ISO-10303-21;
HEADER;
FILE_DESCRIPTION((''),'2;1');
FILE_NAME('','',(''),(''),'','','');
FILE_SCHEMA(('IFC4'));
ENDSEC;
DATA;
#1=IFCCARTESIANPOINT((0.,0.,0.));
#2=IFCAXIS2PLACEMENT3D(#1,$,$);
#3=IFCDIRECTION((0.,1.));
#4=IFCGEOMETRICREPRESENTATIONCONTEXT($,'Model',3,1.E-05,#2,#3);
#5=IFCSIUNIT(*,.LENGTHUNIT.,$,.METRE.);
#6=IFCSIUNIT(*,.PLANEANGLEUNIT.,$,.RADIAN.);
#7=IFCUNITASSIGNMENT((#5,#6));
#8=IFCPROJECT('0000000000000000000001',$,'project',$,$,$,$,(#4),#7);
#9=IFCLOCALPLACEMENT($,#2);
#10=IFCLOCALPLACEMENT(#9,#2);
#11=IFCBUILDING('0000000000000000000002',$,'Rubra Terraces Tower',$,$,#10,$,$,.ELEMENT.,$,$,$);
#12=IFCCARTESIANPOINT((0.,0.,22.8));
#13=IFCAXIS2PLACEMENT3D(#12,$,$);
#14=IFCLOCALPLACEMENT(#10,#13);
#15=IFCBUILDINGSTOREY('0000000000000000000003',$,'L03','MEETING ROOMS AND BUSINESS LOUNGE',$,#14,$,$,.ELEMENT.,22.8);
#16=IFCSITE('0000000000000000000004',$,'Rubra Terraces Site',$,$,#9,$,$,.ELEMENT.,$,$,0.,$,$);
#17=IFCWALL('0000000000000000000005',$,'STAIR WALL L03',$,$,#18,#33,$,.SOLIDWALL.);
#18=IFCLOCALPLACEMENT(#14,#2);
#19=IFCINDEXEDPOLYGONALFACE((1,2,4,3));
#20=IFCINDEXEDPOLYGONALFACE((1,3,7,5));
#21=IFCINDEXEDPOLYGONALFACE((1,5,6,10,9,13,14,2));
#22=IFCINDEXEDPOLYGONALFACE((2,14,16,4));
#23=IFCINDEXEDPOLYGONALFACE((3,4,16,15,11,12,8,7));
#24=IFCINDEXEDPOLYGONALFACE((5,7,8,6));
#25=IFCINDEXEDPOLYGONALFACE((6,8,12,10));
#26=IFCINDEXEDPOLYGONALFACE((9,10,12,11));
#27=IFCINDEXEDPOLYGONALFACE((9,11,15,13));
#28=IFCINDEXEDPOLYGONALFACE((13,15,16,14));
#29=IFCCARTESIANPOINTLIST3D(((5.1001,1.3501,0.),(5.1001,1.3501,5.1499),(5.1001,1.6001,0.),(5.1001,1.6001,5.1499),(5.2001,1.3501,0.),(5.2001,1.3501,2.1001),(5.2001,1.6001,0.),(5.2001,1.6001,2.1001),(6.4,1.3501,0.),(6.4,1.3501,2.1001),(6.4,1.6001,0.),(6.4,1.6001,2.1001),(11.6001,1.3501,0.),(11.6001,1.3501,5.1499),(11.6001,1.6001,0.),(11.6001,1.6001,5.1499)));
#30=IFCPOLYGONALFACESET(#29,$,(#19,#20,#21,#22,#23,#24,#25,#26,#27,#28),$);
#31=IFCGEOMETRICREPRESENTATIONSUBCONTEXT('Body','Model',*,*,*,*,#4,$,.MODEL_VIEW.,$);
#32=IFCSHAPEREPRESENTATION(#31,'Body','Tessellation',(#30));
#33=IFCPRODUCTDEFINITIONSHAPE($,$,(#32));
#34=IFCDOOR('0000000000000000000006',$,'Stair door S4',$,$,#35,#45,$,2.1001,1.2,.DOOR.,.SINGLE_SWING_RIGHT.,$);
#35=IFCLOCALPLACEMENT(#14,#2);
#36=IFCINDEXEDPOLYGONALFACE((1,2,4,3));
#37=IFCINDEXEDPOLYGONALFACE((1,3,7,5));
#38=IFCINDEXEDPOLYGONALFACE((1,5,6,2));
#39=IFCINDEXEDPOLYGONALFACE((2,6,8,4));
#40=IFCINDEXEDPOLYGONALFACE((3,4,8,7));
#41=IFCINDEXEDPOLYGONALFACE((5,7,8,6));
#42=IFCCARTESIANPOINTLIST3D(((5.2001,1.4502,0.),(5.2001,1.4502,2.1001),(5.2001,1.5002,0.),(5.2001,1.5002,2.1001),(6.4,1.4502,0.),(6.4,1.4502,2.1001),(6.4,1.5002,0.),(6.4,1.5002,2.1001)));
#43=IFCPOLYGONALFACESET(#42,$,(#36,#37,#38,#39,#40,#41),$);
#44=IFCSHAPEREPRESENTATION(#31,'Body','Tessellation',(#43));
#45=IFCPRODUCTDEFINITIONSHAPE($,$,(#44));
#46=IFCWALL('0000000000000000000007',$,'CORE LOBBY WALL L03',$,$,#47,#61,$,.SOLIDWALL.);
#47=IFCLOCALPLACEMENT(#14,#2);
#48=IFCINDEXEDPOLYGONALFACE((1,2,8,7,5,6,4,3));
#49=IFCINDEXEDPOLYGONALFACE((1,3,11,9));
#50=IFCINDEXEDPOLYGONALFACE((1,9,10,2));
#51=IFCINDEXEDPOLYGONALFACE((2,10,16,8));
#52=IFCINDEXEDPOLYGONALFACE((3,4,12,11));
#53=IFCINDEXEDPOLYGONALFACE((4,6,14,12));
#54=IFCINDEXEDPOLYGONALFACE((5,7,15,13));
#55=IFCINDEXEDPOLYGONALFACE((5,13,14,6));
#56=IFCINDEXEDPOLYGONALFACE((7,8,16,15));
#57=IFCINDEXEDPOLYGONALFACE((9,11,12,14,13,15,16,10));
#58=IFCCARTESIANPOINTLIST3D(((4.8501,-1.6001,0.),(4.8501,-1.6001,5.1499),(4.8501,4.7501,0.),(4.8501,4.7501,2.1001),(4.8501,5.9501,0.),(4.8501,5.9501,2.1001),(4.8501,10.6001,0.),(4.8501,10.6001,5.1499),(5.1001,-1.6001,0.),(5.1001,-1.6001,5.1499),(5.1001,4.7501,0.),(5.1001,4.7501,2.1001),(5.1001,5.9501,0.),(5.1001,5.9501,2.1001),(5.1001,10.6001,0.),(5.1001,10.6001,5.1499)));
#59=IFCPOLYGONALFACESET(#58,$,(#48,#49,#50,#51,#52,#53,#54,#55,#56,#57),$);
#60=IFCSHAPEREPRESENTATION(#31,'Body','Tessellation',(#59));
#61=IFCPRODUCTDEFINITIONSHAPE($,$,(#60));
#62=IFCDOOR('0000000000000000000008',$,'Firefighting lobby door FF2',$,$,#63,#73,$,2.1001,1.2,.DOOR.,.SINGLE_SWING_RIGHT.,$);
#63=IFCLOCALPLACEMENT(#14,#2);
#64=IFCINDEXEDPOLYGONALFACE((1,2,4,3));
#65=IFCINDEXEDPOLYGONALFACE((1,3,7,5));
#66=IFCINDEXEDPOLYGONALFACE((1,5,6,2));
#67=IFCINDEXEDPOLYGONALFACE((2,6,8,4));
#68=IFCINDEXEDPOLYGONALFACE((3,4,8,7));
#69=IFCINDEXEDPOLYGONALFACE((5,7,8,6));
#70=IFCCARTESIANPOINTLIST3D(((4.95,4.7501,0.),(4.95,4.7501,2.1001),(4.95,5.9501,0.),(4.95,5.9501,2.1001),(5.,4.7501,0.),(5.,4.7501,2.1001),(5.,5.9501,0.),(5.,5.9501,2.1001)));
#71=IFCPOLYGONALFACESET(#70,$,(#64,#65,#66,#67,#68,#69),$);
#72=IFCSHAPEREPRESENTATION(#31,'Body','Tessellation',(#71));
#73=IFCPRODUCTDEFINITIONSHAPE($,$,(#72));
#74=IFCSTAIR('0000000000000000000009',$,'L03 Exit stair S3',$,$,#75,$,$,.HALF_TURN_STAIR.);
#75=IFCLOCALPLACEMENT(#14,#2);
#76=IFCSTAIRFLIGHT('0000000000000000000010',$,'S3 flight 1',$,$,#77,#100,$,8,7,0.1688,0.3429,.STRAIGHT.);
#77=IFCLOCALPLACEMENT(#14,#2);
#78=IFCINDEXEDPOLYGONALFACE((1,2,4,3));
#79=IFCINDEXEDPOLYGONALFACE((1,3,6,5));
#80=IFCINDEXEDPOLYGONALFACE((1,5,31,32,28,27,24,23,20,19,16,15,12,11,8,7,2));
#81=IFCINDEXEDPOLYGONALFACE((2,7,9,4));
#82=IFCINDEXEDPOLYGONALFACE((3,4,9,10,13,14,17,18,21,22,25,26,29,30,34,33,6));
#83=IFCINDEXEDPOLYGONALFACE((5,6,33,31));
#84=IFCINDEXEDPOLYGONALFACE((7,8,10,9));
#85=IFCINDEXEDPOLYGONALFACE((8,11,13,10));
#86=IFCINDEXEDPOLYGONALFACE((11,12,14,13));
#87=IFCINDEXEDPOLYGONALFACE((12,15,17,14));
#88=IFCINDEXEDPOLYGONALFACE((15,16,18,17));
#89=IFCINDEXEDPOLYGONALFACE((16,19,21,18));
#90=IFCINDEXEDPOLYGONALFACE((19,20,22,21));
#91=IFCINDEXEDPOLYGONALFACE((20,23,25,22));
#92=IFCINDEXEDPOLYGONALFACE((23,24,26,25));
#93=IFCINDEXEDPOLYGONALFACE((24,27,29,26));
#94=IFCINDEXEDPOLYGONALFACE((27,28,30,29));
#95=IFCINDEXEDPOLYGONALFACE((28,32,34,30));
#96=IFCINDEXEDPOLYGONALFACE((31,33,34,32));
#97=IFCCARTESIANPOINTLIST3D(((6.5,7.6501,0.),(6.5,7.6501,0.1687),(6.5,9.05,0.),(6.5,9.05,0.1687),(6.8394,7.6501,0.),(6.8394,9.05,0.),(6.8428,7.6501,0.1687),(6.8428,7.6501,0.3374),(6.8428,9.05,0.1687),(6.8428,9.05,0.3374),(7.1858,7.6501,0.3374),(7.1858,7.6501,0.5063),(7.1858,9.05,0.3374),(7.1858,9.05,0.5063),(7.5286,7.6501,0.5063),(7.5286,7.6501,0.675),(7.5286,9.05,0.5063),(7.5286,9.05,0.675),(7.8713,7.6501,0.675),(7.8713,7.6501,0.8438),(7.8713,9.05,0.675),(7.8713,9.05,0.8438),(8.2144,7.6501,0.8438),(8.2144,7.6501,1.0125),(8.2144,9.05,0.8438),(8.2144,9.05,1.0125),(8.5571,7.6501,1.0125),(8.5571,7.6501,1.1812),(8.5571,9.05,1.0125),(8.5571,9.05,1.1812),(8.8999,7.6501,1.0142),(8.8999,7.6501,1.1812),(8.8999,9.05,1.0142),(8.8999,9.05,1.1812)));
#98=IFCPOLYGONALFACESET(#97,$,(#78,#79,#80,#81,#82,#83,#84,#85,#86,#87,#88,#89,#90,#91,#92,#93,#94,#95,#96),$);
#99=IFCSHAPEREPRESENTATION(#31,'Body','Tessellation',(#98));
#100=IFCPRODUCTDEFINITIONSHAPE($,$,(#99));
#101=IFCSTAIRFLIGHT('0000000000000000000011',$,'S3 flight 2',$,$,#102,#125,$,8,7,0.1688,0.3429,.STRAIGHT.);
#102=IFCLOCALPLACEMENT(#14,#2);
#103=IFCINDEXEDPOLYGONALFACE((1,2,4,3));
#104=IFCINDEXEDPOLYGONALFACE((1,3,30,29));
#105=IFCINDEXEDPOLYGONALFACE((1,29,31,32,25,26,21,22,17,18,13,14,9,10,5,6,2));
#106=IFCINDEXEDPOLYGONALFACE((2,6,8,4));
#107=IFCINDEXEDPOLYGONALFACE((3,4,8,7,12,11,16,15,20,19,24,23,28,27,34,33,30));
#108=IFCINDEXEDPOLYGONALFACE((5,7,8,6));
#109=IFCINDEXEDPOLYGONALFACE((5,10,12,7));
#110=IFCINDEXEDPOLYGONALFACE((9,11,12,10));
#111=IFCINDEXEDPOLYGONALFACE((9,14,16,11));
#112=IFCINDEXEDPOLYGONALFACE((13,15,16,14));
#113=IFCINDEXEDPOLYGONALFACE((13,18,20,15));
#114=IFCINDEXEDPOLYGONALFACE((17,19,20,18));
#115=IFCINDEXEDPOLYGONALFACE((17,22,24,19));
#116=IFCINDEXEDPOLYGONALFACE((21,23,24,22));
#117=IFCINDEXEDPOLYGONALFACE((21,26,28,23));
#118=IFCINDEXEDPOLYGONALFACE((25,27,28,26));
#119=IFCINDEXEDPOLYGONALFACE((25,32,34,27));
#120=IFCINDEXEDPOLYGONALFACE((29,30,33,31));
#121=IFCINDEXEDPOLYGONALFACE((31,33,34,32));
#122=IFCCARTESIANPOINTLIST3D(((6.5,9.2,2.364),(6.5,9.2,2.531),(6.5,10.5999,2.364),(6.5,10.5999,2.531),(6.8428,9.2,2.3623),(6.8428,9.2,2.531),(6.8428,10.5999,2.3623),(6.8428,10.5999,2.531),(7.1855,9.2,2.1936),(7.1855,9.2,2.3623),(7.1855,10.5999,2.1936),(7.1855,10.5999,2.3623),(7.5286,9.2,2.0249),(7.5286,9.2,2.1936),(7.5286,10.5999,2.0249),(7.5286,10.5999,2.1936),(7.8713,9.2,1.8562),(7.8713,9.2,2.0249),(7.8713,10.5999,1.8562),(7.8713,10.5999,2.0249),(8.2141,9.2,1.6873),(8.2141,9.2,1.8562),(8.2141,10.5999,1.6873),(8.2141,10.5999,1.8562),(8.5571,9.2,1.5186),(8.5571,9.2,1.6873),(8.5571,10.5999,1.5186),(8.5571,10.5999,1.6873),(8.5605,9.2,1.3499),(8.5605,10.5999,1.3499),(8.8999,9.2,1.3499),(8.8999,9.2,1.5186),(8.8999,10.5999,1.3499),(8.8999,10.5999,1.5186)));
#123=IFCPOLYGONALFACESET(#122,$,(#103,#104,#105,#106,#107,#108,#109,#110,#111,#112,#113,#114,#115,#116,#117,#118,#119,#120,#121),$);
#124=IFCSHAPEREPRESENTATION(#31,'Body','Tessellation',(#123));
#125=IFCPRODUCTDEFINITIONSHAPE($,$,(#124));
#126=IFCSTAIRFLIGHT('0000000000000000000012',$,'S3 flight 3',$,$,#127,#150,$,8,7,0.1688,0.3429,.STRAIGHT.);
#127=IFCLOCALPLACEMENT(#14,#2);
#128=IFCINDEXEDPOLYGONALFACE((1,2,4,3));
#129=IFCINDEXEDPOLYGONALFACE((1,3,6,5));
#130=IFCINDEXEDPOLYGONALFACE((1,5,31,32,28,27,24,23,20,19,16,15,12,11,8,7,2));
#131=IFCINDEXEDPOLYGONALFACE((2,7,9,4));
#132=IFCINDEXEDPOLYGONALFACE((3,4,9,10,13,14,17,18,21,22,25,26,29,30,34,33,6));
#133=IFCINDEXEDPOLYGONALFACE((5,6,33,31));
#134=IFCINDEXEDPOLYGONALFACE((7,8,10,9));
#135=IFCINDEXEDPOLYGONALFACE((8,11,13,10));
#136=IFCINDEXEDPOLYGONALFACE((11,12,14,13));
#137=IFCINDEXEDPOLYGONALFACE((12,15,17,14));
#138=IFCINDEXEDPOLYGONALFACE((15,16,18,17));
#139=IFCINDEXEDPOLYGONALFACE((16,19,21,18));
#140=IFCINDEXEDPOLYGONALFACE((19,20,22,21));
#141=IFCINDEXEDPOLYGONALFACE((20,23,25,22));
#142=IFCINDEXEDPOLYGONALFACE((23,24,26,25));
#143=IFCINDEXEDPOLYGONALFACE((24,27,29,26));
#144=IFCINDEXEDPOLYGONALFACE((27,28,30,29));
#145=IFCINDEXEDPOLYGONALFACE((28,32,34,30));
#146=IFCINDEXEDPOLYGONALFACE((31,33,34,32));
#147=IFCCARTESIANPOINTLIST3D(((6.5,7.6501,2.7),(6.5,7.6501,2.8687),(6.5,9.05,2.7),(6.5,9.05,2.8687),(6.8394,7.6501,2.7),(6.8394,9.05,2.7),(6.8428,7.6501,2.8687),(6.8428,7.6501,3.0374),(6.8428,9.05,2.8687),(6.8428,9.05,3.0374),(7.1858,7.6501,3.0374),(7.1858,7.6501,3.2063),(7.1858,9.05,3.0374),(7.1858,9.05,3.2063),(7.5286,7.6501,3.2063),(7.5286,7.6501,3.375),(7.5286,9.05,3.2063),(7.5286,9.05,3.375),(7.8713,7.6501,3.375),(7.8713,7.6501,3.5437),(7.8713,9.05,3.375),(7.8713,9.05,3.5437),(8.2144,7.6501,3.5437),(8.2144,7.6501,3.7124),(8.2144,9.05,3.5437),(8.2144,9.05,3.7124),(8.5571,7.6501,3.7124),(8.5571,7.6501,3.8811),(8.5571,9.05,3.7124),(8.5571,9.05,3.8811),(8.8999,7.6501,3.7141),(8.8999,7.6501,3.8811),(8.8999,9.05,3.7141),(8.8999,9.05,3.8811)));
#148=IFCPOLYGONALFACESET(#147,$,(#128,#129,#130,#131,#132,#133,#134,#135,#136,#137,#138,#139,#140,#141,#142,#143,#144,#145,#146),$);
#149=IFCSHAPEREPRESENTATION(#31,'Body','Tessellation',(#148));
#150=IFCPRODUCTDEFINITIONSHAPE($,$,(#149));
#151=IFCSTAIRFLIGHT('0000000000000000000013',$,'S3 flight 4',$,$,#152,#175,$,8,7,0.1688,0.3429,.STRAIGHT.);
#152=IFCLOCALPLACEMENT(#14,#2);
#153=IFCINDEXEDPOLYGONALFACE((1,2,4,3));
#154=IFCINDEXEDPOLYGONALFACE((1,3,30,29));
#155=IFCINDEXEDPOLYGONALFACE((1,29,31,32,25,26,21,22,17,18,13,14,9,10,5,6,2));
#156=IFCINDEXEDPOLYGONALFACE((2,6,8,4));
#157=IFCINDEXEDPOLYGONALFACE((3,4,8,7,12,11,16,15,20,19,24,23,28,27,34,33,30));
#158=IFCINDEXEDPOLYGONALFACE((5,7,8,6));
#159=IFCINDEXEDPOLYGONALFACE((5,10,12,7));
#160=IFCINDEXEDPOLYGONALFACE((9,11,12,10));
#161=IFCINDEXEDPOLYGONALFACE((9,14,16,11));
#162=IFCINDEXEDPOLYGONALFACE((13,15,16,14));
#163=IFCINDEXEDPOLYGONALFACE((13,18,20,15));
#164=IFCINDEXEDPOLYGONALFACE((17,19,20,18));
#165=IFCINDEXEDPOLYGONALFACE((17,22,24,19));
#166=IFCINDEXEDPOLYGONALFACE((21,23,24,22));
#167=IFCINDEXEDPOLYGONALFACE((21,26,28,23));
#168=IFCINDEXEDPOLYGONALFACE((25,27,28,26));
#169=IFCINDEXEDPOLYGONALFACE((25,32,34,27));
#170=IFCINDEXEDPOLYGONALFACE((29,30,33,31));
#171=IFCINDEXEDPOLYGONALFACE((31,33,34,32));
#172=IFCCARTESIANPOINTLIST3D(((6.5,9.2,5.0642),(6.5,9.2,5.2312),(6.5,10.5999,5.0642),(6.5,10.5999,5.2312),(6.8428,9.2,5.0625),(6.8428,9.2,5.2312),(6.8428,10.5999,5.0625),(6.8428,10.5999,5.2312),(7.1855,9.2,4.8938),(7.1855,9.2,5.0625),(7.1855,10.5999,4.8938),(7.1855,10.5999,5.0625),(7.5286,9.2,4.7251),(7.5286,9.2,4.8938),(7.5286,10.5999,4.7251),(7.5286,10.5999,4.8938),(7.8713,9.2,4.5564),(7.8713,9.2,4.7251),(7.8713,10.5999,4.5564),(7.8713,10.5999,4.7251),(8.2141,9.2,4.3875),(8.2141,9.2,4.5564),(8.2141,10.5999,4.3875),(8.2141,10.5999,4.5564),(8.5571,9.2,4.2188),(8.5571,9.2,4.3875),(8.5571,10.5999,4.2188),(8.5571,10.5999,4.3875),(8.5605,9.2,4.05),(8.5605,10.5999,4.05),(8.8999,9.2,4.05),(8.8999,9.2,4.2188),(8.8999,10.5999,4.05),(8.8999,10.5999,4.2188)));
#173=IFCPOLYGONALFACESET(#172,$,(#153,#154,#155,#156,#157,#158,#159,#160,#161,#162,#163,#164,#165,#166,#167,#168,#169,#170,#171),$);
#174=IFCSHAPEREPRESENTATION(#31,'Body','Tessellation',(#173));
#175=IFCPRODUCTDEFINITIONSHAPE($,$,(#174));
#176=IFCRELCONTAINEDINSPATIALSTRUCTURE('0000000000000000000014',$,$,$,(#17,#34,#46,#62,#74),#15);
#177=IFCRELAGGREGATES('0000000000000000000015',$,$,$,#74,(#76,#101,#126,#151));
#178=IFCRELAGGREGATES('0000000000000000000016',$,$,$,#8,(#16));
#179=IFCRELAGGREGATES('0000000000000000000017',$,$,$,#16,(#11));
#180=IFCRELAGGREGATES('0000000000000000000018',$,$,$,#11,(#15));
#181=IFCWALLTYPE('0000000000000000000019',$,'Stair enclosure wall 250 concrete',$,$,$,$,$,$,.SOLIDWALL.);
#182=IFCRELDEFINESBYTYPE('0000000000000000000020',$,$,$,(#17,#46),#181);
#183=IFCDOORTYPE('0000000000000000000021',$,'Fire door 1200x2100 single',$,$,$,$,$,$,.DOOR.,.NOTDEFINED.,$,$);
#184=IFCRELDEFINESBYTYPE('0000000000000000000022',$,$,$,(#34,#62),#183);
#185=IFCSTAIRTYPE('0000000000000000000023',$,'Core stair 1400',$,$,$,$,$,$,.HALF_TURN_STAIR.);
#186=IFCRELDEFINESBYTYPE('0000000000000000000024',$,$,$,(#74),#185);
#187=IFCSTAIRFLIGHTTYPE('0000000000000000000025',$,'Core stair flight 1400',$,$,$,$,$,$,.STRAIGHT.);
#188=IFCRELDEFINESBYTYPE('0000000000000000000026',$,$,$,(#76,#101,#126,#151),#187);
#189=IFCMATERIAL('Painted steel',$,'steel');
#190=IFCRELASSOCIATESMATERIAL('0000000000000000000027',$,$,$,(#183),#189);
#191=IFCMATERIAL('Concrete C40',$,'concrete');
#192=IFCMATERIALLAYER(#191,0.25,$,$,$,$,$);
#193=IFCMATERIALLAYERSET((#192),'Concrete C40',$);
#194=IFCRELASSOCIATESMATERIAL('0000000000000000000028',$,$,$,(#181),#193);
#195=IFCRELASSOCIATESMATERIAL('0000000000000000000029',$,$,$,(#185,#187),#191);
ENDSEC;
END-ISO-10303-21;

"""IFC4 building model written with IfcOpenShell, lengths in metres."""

from ifc_helpers import new_model, si_unit, direction, frame, frame_2d, origin, place, context, subcontext, project, spatial, polyline, rectangle, outline, extrude, material, layer, layer_set, type_object, element, fill, aggregate, save


model = new_model("IFC4")

# Units and contexts
model_context = context("Model", 3, precision=1e-05, world=origin(), true_north=direction((0.0, 1.0)))
body_context = subcontext(model_context, "Body", "Model", "MODEL_VIEW")
ifc_project = project(units=[si_unit("LENGTHUNIT", "METRE"), si_unit("PLANEANGLEUNIT", "RADIAN")], contexts=[model_context])

# Site, building, storey
site_placement = place(None, origin())
site = spatial("IfcSite", under=ifc_project, at=site_placement, Name="Rubra Terraces Site", CompositionType="ELEMENT", RefElevation=0.0)
building_placement = place(site_placement, origin())
building = spatial("IfcBuilding", under=site, at=building_placement, Name="Rubra Terraces Tower", CompositionType="ELEMENT")
storey_placement = place(building_placement, frame((0.0, 0.0, 22.8)))
storey = spatial("IfcBuildingStorey", under=building, at=storey_placement, Name="L03", Description="MEETING ROOMS AND BUSINESS LOUNGE", CompositionType="ELEMENT", Elevation=22.8)

# Shared definitions
ifc_material_1 = material(Name="Painted steel", Category="steel")
door_type_1 = type_object("IfcDoorType", Name="Fire door 1200x2100 single", OperationType="NOTDEFINED", PredefinedType="DOOR", material=ifc_material_1)

# Walls, openings, doors
ifc_material_2 = material(Name="Concrete C40", Category="concrete")
ifc_layer_1 = layer(ifc_material_2, 0.25)
ifc_layer_set_1 = layer_set([ifc_layer_1], Name="Concrete C40")
wall_type_1 = type_object("IfcWallType", Name="Stair enclosure wall 250 concrete", PredefinedType="SOLIDWALL", material=ifc_layer_set_1)
wall_1_placement = place(storey_placement, frame((11.6001, 1.4751, 0.0), z_axis=(0.0, 0.0, 1.0), x_axis=(-1.0, 0.0, 0.0)))
wall_1 = element("IfcWall", 1, at=wall_1_placement, inside=storey, type_object=wall_type_1, Name="STAIR WALL L03", PredefinedType="SOLIDWALL", context=body_context, shape_type="SweptSolid", body=[
    extrude(rectangle(XDim=6.5, YDim=0.25, at=frame_2d((3.25, 0.0))), origin(), (0.0, 0.0, 1.0), 5.1499),
])
opening_1_placement = place(wall_1_placement, frame((5.2, 0.0, 0.0)))
opening_1 = element("IfcOpeningElement", 2, at=opening_1_placement, cuts=wall_1, PredefinedType="OPENING", context=body_context, shape_type="SweptSolid", body=[
    extrude(rectangle(XDim=1.2, YDim=2.1001, at=frame_2d((0.6001, 1.05))), frame((0.0, 0.135, 0.0), z_axis=(0.0, -1.0, 0.0), x_axis=(1.0, 0.0, 0.0)), (0.0, 0.0, 1.0), 0.27),
])
door_1_placement = place(opening_1_placement, origin())
door_1 = element("IfcDoor", 3, at=door_1_placement, inside=storey, type_object=door_type_1, Name="Stair door S4", OperationType="SINGLE_SWING_RIGHT", OverallHeight=2.1001, OverallWidth=1.2, PredefinedType="DOOR", context=body_context, shape_type="SweptSolid", body=[
    extrude(rectangle(XDim=1.2, YDim=2.1001, at=frame_2d((0.6001, 1.05))), frame((0.0, 0.0249, 0.0), z_axis=(0.0, -1.0, 0.0), x_axis=(1.0, 0.0, 0.0)), (0.0, 0.0, 1.0), 0.05),
])
fill(opening_1, door_1)
wall_2_placement = place(storey_placement, frame((4.9751, 10.6001, 0.0), z_axis=(0.0, 0.0, 1.0), x_axis=(0.0, -1.0, 0.0)))
wall_2 = element("IfcWall", 4, at=wall_2_placement, inside=storey, type_object=wall_type_1, Name="CORE LOBBY WALL L03", PredefinedType="SOLIDWALL", context=body_context, shape_type="SweptSolid", body=[
    extrude(rectangle(XDim=12.2002, YDim=0.25, at=frame_2d((6.1001, 0.0))), origin(), (0.0, 0.0, 1.0), 5.1499),
])
opening_2_placement = place(wall_2_placement, frame((4.6499, 0.0, 0.0)))
opening_2 = element("IfcOpeningElement", 5, at=opening_2_placement, cuts=wall_2, PredefinedType="OPENING", context=body_context, shape_type="SweptSolid", body=[
    extrude(rectangle(XDim=1.2, YDim=2.1001, at=frame_2d((0.6001, 1.05))), frame((0.0, 0.135, 0.0), z_axis=(0.0, -1.0, 0.0), x_axis=(1.0, 0.0, 0.0)), (0.0, 0.0, 1.0), 0.27),
])
door_2_placement = place(opening_2_placement, origin())
door_2 = element("IfcDoor", 6, at=door_2_placement, inside=storey, type_object=door_type_1, Name="Firefighting lobby door FF2", OperationType="SINGLE_SWING_RIGHT", OverallHeight=2.1001, OverallWidth=1.2, PredefinedType="DOOR", context=body_context, shape_type="SweptSolid", body=[
    extrude(rectangle(XDim=1.2, YDim=2.1001, at=frame_2d((0.6001, 1.05))), frame((0.0, 0.0249, 0.0), z_axis=(0.0, -1.0, 0.0), x_axis=(1.0, 0.0, 0.0)), (0.0, 0.0, 1.0), 0.05),
])
fill(opening_2, door_2)

# Stair, stair flights
stair_type = type_object("IfcStairType", Name="Core stair 1400", PredefinedType="HALF_TURN_STAIR", material=ifc_material_2)
stair_placement = place(storey_placement, origin())
stair = element("IfcStair", 7, at=stair_placement, inside=storey, type_object=stair_type, Name="L03 Exit stair S3", PredefinedType="HALF_TURN_STAIR")
stair_flight_type = type_object("IfcStairFlightType", Name="Core stair flight 1400", PredefinedType="STRAIGHT", material=ifc_material_2)
stair_flight_1_placement = place(storey_placement, frame((6.5, 8.3501, 0.0), z_axis=(0.0, 0.0, 1.0), x_axis=(1.0, 0.0, 0.0)))
stair_flight_1 = element("IfcStairFlight", 8, at=stair_flight_1_placement, type_object=stair_flight_type, Name="S3 flight 1", NumberOfRisers=8, NumberOfTreads=7, PredefinedType="STRAIGHT", RiserHeight=0.1688, TreadLength=0.3429, context=body_context, shape_type="SweptSolid", body=[
    extrude(outline(polyline([(0.0, 0.0), (0.0, 0.1687), (0.3428, 0.1687), (0.3428, 0.3374), (0.6858, 0.3374), (0.6858, 0.5063), (1.0286, 0.5063), (1.0286, 0.675), (1.3713, 0.675), (1.3713, 0.8438), (1.7144, 0.8438), (1.7144, 1.0125), (2.0571, 1.0125), (2.0571, 1.1812), (2.3999, 1.1812), (2.3999, 1.3501), (2.3999, 1.0142), (0.3394, 0.0), (0.0, 0.0)])), frame((0.0, 0.7, 0.0), z_axis=(0.0, -1.0, 0.0), x_axis=(1.0, 0.0, 0.0)), (0.0, 0.0, 1.0), 1.3999),
])
stair_flight_2_placement = place(storey_placement, frame((8.8999, 9.8999, 1.3499), z_axis=(0.0, 0.0, 1.0), x_axis=(-1.0, 0.0, 0.0)))
stair_flight_2 = element("IfcStairFlight", 9, at=stair_flight_2_placement, type_object=stair_flight_type, Name="S3 flight 2", NumberOfRisers=8, NumberOfTreads=7, PredefinedType="STRAIGHT", RiserHeight=0.1688, TreadLength=0.3429, context=body_context, shape_type="SweptSolid", body=[
    extrude(outline(polyline([(0.0, 0.0), (0.0, 0.1687), (0.3428, 0.1687), (0.3428, 0.3374), (0.6858, 0.3374), (0.6858, 0.5063), (1.0286, 0.5063), (1.0286, 0.675), (1.3713, 0.675), (1.3713, 0.8438), (1.7144, 0.8438), (1.7144, 1.0125), (2.0571, 1.0125), (2.0571, 1.1812), (2.3999, 1.1812), (2.3999, 1.3501), (2.3999, 1.0142), (0.3394, 0.0), (0.0, 0.0)])), frame((0.0, 0.7, 0.0), z_axis=(0.0, -1.0, 0.0), x_axis=(1.0, 0.0, 0.0)), (0.0, 0.0, 1.0), 1.3999),
])
stair_flight_3_placement = place(storey_placement, frame((6.5, 8.3501, 2.7), z_axis=(0.0, 0.0, 1.0), x_axis=(1.0, 0.0, 0.0)))
stair_flight_3 = element("IfcStairFlight", 10, at=stair_flight_3_placement, type_object=stair_flight_type, Name="S3 flight 3", NumberOfRisers=8, NumberOfTreads=7, PredefinedType="STRAIGHT", RiserHeight=0.1688, TreadLength=0.3429, context=body_context, shape_type="SweptSolid", body=[
    extrude(outline(polyline([(0.0, 0.0), (0.0, 0.1687), (0.3428, 0.1687), (0.3428, 0.3374), (0.6858, 0.3374), (0.6858, 0.5063), (1.0286, 0.5063), (1.0286, 0.675), (1.3713, 0.675), (1.3713, 0.8438), (1.7144, 0.8438), (1.7144, 1.0125), (2.0571, 1.0125), (2.0571, 1.1812), (2.3999, 1.1812), (2.3999, 1.3501), (2.3999, 1.0142), (0.3394, 0.0), (0.0, 0.0)])), frame((0.0, 0.7, 0.0), z_axis=(0.0, -1.0, 0.0), x_axis=(1.0, 0.0, 0.0)), (0.0, 0.0, 1.0), 1.3999),
])
stair_flight_4_placement = place(storey_placement, frame((8.8999, 9.8999, 4.05), z_axis=(0.0, 0.0, 1.0), x_axis=(-1.0, 0.0, 0.0)))
stair_flight_4 = element("IfcStairFlight", 11, at=stair_flight_4_placement, type_object=stair_flight_type, Name="S3 flight 4", NumberOfRisers=8, NumberOfTreads=7, PredefinedType="STRAIGHT", RiserHeight=0.1688, TreadLength=0.3429, context=body_context, shape_type="SweptSolid", body=[
    extrude(outline(polyline([(0.0, 0.0), (0.0, 0.1687), (0.3428, 0.1687), (0.3428, 0.3374), (0.6858, 0.3374), (0.6858, 0.5063), (1.0286, 0.5063), (1.0286, 0.675), (1.3713, 0.675), (1.3713, 0.8438), (1.7144, 0.8438), (1.7144, 1.0125), (2.0571, 1.0125), (2.0571, 1.1812), (2.3999, 1.1812), (2.3999, 1.3501), (2.3999, 1.0142), (0.3394, 0.0), (0.0, 0.0)])), frame((0.0, 0.7, 0.0), z_axis=(0.0, -1.0, 0.0), x_axis=(1.0, 0.0, 0.0)), (0.0, 0.0, 1.0), 1.3999),
])
aggregate(stair, [stair_flight_1, stair_flight_2, stair_flight_3, stair_flight_4])

save(model, "model.ifc")
